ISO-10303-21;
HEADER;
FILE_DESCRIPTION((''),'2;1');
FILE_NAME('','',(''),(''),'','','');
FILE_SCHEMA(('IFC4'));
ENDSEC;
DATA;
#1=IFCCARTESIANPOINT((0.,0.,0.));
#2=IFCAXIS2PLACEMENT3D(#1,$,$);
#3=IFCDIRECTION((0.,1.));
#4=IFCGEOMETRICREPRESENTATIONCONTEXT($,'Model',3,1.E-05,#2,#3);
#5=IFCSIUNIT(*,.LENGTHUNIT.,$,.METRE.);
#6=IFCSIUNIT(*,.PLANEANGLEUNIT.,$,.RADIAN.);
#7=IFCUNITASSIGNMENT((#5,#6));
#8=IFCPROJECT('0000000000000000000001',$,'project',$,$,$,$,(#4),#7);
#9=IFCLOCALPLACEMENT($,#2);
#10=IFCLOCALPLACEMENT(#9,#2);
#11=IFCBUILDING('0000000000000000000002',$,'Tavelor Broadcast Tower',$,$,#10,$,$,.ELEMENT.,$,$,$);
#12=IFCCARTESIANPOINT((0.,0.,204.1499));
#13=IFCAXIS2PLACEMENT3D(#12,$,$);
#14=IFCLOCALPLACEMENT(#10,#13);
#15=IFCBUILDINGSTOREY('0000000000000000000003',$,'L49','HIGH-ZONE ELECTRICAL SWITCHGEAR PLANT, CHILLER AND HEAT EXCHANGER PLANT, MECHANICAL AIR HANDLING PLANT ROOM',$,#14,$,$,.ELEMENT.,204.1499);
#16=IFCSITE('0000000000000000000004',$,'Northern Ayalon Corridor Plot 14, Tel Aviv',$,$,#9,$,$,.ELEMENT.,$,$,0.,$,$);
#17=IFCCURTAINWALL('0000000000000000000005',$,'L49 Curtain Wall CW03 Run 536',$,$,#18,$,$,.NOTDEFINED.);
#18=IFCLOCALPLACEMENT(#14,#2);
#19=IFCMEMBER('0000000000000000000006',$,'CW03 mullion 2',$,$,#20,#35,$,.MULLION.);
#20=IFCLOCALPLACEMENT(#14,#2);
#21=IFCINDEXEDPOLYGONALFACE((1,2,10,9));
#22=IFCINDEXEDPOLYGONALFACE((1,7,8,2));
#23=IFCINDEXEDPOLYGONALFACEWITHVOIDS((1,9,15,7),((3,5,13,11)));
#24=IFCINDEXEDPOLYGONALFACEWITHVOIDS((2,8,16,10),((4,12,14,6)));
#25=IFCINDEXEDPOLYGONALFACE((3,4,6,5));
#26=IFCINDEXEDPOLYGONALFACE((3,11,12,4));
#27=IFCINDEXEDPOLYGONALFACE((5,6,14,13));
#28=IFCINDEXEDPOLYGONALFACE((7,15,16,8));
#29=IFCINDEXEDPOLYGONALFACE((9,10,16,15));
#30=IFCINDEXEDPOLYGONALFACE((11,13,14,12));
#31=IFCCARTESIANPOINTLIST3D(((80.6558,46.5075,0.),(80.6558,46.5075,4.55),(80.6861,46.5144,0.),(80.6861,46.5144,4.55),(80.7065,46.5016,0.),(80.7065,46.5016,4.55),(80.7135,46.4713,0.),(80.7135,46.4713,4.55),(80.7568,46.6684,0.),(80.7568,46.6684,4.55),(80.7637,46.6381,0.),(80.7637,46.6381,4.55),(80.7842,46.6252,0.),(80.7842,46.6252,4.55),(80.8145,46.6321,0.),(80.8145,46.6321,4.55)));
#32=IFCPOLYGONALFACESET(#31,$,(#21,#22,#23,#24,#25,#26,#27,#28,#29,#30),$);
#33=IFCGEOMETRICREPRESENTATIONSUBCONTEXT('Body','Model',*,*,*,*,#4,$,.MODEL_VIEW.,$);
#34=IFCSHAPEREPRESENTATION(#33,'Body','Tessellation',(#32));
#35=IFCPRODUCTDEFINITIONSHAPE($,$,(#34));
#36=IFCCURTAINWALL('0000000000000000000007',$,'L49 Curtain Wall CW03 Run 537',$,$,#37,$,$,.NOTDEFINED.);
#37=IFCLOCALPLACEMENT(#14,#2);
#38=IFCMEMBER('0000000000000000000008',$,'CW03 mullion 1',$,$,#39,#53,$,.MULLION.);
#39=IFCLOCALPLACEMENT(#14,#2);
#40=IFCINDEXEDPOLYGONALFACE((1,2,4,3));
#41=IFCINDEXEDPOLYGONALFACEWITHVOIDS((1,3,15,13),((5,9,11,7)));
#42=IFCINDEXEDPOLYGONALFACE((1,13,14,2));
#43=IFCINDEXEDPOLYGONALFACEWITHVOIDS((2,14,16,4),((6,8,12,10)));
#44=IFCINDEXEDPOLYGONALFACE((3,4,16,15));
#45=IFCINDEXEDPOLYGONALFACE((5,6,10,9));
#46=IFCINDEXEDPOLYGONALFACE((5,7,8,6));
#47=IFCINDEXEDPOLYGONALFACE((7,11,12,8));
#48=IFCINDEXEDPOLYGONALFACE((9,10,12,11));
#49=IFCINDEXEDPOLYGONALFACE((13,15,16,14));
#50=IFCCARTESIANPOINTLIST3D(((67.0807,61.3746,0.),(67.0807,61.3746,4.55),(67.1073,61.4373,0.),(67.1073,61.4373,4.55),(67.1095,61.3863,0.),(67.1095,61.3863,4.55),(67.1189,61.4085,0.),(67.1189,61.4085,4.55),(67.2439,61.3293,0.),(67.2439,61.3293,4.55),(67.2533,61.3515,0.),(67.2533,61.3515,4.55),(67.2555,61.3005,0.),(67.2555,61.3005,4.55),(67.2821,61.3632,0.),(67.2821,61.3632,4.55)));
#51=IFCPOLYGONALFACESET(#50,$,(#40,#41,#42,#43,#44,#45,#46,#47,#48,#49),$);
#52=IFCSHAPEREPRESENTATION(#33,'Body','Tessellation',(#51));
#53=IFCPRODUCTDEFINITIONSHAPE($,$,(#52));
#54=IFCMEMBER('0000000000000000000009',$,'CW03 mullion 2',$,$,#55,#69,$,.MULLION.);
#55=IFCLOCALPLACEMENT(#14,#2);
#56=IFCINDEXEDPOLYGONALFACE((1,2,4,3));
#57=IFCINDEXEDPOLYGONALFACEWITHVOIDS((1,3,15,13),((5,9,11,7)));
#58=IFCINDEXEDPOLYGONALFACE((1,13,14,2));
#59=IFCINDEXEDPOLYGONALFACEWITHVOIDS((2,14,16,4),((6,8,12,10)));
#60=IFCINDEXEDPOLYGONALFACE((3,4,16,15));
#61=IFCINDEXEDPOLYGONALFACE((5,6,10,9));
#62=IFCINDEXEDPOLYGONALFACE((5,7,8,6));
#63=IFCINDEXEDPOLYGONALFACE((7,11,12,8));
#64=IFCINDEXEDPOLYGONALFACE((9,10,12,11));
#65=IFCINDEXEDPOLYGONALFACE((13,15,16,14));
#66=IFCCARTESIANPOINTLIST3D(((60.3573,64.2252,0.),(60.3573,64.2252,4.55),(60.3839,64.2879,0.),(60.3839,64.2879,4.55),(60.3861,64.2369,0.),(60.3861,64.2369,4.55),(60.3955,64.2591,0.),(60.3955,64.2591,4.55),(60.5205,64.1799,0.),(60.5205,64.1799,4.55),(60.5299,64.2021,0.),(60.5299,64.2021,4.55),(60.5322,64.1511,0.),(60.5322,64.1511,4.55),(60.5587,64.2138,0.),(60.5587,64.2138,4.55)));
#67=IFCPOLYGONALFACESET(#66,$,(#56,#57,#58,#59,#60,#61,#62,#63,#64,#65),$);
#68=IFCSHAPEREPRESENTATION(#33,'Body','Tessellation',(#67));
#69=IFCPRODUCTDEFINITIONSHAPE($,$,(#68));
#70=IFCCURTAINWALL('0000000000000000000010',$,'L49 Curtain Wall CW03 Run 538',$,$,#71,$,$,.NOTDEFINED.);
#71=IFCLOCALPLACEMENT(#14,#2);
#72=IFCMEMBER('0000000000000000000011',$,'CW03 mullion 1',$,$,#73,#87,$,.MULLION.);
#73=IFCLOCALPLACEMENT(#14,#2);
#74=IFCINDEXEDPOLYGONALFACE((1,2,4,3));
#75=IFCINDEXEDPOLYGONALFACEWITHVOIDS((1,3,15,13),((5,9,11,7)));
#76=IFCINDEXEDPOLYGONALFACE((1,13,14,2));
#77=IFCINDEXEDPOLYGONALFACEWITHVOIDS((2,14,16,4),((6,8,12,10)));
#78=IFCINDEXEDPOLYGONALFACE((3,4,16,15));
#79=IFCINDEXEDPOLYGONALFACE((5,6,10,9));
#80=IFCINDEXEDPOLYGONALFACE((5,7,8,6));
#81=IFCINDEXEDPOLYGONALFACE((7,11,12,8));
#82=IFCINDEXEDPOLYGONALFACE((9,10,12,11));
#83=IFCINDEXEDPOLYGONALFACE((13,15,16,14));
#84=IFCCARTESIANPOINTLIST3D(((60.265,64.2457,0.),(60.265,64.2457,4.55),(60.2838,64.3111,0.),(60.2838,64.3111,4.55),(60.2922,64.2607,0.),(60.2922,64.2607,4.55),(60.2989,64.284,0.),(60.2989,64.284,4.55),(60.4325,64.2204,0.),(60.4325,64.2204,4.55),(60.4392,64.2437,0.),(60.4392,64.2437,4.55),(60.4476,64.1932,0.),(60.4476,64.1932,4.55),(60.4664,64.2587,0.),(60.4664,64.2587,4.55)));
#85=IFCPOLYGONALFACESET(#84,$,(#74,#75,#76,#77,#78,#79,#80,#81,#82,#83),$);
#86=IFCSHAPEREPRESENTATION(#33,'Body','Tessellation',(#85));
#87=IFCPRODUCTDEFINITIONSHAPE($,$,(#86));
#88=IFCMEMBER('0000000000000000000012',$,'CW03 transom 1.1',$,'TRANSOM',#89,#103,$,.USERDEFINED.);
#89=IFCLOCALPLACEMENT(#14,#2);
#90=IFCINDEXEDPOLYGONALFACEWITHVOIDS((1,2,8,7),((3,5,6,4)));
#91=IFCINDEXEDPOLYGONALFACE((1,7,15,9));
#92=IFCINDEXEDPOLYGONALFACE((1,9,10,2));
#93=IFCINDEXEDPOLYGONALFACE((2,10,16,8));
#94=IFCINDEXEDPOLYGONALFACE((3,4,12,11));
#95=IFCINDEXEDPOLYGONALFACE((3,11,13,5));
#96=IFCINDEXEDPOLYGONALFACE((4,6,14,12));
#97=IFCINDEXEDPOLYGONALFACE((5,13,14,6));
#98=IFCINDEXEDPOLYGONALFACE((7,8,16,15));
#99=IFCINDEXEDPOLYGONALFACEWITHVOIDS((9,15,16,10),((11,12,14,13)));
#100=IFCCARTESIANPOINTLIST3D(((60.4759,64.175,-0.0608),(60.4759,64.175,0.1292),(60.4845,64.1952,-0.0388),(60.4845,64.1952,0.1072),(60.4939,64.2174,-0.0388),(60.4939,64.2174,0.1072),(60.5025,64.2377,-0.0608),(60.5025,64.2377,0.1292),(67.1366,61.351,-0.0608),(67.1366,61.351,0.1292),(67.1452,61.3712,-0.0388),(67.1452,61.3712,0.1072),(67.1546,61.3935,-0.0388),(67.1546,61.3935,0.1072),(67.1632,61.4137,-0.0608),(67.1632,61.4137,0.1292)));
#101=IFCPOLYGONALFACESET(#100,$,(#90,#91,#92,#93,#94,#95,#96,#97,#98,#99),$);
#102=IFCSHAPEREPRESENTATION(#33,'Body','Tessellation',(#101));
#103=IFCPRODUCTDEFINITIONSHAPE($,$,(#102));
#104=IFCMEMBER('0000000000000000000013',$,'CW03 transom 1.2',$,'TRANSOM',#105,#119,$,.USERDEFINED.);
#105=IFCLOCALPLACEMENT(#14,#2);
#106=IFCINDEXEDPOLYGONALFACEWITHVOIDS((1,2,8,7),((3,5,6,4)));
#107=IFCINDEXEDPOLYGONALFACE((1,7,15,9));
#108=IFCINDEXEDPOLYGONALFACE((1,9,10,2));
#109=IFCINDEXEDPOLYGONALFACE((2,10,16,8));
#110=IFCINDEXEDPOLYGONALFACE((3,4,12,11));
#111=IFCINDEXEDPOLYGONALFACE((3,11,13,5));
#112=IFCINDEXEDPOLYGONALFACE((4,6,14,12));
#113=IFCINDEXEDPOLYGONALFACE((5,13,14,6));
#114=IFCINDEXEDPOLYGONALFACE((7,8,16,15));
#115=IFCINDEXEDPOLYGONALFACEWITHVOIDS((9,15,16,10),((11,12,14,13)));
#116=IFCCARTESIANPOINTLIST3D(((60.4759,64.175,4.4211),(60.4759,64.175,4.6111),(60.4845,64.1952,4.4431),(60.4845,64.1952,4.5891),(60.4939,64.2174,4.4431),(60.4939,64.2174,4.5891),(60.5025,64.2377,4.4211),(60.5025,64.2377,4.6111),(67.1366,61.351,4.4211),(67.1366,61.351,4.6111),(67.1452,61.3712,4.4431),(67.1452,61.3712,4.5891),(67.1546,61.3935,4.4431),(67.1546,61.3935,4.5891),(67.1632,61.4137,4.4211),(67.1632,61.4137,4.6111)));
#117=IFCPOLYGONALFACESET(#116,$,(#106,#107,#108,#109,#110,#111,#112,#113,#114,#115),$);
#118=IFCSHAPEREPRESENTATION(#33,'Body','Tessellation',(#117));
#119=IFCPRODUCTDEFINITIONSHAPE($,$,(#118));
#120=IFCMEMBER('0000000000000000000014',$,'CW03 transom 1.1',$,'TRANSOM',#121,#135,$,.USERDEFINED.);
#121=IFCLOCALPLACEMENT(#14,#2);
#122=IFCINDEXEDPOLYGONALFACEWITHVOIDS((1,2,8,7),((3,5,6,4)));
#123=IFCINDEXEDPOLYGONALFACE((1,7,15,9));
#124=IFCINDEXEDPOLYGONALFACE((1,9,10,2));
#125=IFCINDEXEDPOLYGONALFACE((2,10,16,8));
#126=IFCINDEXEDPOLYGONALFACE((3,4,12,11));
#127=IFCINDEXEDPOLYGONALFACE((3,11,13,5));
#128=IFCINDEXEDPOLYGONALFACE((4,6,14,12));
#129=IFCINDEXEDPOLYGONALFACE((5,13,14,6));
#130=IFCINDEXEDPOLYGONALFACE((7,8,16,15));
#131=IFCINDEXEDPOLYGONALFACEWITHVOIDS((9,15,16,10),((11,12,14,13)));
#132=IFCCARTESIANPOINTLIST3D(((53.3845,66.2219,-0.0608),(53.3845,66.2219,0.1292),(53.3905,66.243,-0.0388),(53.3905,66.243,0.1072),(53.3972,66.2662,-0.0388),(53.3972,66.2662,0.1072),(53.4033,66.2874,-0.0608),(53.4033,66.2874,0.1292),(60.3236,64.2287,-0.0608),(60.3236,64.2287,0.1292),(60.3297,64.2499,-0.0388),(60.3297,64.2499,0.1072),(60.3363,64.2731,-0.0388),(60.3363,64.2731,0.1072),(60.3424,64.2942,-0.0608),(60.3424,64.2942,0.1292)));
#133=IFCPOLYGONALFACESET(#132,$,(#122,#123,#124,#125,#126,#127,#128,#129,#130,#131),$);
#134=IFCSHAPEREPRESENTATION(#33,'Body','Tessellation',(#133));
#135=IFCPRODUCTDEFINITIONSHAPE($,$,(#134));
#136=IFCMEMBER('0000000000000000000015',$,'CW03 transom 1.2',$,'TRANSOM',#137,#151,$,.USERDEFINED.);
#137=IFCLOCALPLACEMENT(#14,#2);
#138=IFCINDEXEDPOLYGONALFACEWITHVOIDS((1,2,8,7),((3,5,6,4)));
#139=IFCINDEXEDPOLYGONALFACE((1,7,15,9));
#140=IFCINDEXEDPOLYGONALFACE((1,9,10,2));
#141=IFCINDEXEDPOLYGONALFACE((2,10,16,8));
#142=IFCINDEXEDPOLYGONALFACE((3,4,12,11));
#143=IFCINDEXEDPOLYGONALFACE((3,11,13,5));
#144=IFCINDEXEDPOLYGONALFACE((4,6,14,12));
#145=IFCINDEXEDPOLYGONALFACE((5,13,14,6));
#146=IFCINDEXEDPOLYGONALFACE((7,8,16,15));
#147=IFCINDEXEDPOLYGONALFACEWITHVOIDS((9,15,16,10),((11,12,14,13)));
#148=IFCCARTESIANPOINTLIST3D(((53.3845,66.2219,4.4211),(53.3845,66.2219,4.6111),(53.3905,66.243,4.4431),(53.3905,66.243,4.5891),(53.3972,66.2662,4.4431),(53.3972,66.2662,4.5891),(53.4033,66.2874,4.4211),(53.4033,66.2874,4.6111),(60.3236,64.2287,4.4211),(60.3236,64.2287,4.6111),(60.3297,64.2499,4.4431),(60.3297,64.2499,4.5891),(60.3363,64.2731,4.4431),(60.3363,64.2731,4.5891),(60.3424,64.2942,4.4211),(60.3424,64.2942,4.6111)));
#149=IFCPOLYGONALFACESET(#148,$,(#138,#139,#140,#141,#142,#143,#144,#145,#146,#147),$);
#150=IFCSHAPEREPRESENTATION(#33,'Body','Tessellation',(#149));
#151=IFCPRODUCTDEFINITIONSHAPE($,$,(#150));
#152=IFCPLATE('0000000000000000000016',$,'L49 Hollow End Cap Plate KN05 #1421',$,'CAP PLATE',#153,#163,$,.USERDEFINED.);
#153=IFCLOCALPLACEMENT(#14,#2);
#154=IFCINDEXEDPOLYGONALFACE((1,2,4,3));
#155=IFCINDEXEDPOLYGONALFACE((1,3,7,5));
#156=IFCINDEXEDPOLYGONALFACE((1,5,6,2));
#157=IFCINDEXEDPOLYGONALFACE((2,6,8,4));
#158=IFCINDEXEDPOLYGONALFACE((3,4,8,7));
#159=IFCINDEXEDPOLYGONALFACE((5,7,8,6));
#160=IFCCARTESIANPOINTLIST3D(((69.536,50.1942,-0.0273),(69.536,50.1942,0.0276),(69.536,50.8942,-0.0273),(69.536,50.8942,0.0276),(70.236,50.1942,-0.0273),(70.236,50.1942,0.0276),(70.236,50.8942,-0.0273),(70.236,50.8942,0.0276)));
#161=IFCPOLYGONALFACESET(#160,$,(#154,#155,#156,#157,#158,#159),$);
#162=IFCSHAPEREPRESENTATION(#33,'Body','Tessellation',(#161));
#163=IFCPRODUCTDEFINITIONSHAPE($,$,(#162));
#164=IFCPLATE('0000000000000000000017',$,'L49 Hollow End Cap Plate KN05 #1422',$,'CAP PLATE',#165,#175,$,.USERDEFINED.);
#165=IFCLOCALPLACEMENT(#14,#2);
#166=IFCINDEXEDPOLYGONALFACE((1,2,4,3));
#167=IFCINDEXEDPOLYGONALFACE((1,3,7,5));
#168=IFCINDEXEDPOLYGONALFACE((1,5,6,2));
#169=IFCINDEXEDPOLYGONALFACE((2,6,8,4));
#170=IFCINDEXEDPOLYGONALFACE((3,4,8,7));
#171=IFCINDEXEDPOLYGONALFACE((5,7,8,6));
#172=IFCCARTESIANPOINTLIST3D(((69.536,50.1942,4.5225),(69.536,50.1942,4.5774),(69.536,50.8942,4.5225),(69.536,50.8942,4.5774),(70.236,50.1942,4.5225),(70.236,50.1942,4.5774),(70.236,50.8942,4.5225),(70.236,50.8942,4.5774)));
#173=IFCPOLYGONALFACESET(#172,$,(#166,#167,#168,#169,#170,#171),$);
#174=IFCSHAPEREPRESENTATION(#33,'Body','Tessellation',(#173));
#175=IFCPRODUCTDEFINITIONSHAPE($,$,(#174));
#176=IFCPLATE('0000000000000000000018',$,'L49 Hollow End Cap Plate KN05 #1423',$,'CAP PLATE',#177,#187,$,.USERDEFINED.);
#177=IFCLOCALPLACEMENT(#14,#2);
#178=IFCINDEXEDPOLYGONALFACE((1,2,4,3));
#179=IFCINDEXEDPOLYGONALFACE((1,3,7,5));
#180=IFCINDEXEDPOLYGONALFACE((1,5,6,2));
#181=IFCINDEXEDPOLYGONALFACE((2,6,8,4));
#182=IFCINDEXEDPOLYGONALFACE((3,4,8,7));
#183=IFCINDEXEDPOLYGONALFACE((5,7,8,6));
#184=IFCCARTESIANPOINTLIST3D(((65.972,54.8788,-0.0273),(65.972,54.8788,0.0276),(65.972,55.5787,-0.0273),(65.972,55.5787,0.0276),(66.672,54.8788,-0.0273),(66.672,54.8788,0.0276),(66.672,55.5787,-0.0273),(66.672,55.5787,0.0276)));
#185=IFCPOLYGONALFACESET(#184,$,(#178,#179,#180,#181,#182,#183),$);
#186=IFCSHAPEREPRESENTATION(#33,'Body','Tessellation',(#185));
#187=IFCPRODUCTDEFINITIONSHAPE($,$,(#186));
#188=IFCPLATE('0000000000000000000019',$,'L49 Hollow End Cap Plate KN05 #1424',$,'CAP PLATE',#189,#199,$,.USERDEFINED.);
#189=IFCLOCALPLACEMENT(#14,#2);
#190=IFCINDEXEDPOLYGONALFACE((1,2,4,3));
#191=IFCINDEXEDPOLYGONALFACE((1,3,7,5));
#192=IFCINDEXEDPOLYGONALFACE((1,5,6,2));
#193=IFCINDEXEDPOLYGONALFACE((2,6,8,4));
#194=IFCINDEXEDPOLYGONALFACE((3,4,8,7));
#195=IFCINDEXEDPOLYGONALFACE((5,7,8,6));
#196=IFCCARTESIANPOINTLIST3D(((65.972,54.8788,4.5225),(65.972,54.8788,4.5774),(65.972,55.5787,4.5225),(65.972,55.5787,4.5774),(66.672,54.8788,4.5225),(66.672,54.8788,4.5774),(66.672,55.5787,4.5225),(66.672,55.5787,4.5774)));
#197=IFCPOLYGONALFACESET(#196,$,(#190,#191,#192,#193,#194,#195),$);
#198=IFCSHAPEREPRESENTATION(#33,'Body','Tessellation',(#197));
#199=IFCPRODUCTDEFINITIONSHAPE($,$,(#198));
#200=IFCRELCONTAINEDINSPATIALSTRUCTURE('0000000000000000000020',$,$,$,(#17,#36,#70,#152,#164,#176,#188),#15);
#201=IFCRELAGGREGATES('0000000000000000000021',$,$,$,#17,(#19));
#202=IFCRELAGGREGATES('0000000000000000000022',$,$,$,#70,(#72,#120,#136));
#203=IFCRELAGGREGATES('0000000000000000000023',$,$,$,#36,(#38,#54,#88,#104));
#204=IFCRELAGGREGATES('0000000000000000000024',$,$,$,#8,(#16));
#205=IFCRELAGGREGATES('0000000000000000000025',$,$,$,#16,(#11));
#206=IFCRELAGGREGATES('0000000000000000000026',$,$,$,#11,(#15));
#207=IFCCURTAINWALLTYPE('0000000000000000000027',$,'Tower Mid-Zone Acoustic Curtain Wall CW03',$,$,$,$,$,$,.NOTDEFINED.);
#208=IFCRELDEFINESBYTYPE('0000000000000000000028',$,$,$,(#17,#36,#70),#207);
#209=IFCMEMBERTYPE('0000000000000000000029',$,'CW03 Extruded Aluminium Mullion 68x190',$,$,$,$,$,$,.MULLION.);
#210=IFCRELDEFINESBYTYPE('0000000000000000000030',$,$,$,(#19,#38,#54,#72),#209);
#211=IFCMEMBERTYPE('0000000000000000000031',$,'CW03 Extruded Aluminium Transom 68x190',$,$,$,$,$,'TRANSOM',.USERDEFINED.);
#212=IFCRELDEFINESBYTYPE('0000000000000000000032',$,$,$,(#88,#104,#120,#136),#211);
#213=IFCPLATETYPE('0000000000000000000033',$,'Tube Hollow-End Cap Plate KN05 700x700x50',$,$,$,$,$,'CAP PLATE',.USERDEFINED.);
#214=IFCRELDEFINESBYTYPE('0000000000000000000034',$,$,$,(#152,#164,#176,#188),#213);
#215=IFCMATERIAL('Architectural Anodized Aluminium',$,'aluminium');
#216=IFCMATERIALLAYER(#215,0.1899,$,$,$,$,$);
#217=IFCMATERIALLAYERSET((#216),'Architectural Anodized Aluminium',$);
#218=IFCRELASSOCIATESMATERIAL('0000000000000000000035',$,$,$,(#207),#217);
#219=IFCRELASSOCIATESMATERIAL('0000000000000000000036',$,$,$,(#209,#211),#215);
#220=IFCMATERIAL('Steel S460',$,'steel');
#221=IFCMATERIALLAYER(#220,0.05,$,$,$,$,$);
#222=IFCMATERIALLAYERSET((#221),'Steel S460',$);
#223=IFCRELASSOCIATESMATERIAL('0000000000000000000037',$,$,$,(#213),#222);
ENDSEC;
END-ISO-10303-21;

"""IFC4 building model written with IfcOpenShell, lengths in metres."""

from ifc_helpers import new_model, si_unit, direction, frame, origin, origin_2d, place, context, subcontext, project, spatial, rectangle, hollow_rectangle, extrude, source, transform, mapped, material, layer, layer_set, material_profile, profile_set, type_object, type_shapes, element, aggregate, save


model = new_model("IFC4")

# Units and contexts
model_context = context("Model", 3, precision=1e-05, world=origin(), true_north=direction((0.0, 1.0)))
body_context = subcontext(model_context, "Body", "Model", "MODEL_VIEW")
ifc_project = project(units=[si_unit("LENGTHUNIT", "METRE"), si_unit("PLANEANGLEUNIT", "RADIAN")], contexts=[model_context])

# Site, building, storey
site_placement = place(None, origin())
site = spatial("IfcSite", under=ifc_project, at=site_placement, Name="Northern Ayalon Corridor Plot 14, Tel Aviv", CompositionType="ELEMENT", RefElevation=0.0)
building_placement = place(site_placement, origin())
building = spatial("IfcBuilding", under=site, at=building_placement, Name="Tavelor Broadcast Tower", CompositionType="ELEMENT")
storey_placement = place(building_placement, frame((0.0, 0.0, 204.1499)))
storey = spatial("IfcBuildingStorey", under=building, at=storey_placement, Name="L49", Description="HIGH-ZONE ELECTRICAL SWITCHGEAR PLANT, CHILLER AND HEAT EXCHANGER PLANT, MECHANICAL AIR HANDLING PLANT ROOM", CompositionType="ELEMENT", Elevation=204.1499)

# Shared definitions
ifc_material_1 = material(Name="Steel S460", Category="steel")

# Curtain wall, member
ifc_material_2 = material(Name="Architectural Anodized Aluminium", Category="aluminium")
ifc_layer_1 = layer(ifc_material_2, 0.1899)
ifc_layer_set_1 = layer_set([ifc_layer_1], Name="Architectural Anodized Aluminium")
curtain_wall_type = type_object("IfcCurtainWallType", Name="Tower Mid-Zone Acoustic Curtain Wall CW03", PredefinedType="NOTDEFINED", material=ifc_layer_set_1)
curtain_wall_1_placement = place(storey_placement, origin())
curtain_wall_1 = element("IfcCurtainWall", 1, at=curtain_wall_1_placement, inside=storey, type_object=curtain_wall_type, Name="L49 Curtain Wall CW03 Run 536", PredefinedType="NOTDEFINED")
ifc_material_profile_1 = material_profile(ifc_material_2, hollow_rectangle(XDim=0.0681, YDim=0.1899, WallThickness=0.022, at=origin_2d()), Name="RHS 68x190x22")
ifc_profile_set_1 = profile_set([ifc_material_profile_1], Name="Architectural Anodized Aluminium")
member_type_1 = type_object("IfcMemberType", Name="CW03 Extruded Aluminium Mullion 68x190", PredefinedType="MULLION", material=ifc_profile_set_1)
shared_shape_1 = source(origin(), body_context, "Body", "SweptSolid", [
    extrude(hollow_rectangle(XDim=0.0681, YDim=0.1899, WallThickness=0.022, at=origin_2d()), origin(), (0.0, 0.0, 1.0), 4.55),
])
type_shapes(member_type_1, [shared_shape_1])
member_1_placement = place(storey_placement, frame((80.7351, 46.5698, 0.0), z_axis=(0.0, 0.0, 1.0), x_axis=(-0.846901, 0.53175, 0.0)))
member_1 = element("IfcMember", 2, at=member_1_placement, type_object=member_type_1, Name="CW03 mullion 2", PredefinedType="MULLION", context=body_context, shape_type="MappedRepresentation", body=[
    mapped(shared_shape_1, transform((0.0, 0.0, 0.0), scale=1.0)),
])
aggregate(curtain_wall_1, [member_1])

# Curtain wall, members
curtain_wall_2_placement = place(storey_placement, origin())
curtain_wall_2 = element("IfcCurtainWall", 3, at=curtain_wall_2_placement, inside=storey, type_object=curtain_wall_type, Name="L49 Curtain Wall CW03 Run 537", PredefinedType="NOTDEFINED")
member_2_placement = place(storey_placement, frame((67.1814, 61.3689, 0.0), z_axis=(0.0, 0.0, 1.0), x_axis=(-0.390342, -0.92067, 0.0)))
member_2 = element("IfcMember", 4, at=member_2_placement, type_object=member_type_1, Name="CW03 mullion 1", PredefinedType="MULLION", context=body_context, shape_type="MappedRepresentation", body=[
    mapped(shared_shape_1, transform((0.0, 0.0, 0.0), scale=1.0)),
])
member_3_placement = place(storey_placement, frame((60.458, 64.2195, 0.0), z_axis=(0.0, 0.0, 1.0), x_axis=(-0.390342, -0.92067, 0.0)))
member_3 = element("IfcMember", 5, at=member_3_placement, type_object=member_type_1, Name="CW03 mullion 2", PredefinedType="MULLION", context=body_context, shape_type="MappedRepresentation", body=[
    mapped(shared_shape_1, transform((0.0, 0.0, 0.0), scale=1.0)),
])

# Curtain wall, member
curtain_wall_3_placement = place(storey_placement, origin())
curtain_wall_3 = element("IfcCurtainWall", 6, at=curtain_wall_3_placement, inside=storey, type_object=curtain_wall_type, Name="L49 Curtain Wall CW03 Run 538", PredefinedType="NOTDEFINED")
member_4_placement = place(storey_placement, frame((60.3657, 64.2522, 0.0), z_axis=(0.0, 0.0, 1.0), x_axis=(-0.276053, -0.961142, 0.0)))
member_4 = element("IfcMember", 7, at=member_4_placement, type_object=member_type_1, Name="CW03 mullion 1", PredefinedType="MULLION", context=body_context, shape_type="MappedRepresentation", body=[
    mapped(shared_shape_1, transform((0.0, 0.0, 0.0), scale=1.0)),
])

# Members
ifc_material_profile_2 = material_profile(ifc_material_2, hollow_rectangle(XDim=0.0681, YDim=0.1899, WallThickness=0.022, at=origin_2d()), Name="RHS 68x190x22")
ifc_profile_set_2 = profile_set([ifc_material_profile_2], Name="Architectural Anodized Aluminium")
member_type_2 = type_object("IfcMemberType", Name="CW03 Extruded Aluminium Transom 68x190", ElementType="TRANSOM", PredefinedType="USERDEFINED", material=ifc_profile_set_2)
shared_shape_2 = source(origin(), body_context, "Body", "SweptSolid", [
    extrude(hollow_rectangle(XDim=0.0681, YDim=0.1899, WallThickness=0.022, at=origin_2d()), origin(), (0.0, 0.0, 1.0), 7.2346),
])
member_5_placement = place(storey_placement, frame((67.1499, 61.3823, 0.0342), z_axis=(-0.920669, 0.390344, 0.0), x_axis=(-0.390344, -0.920669, 0.0)))
member_5 = element("IfcMember", 8, at=member_5_placement, type_object=member_type_2, Name="CW03 transom 1.1", ObjectType="TRANSOM", PredefinedType="USERDEFINED", context=body_context, shape_type="MappedRepresentation", body=[
    mapped(shared_shape_2, transform((0.0, 0.0, 0.0), scale=1.0)),
])
member_6_placement = place(storey_placement, frame((67.1499, 61.3823, 4.5161), z_axis=(-0.920669, 0.390344, 0.0), x_axis=(-0.390344, -0.920669, 0.0)))
member_6 = element("IfcMember", 9, at=member_6_placement, type_object=member_type_2, Name="CW03 transom 1.2", ObjectType="TRANSOM", PredefinedType="USERDEFINED", context=body_context, shape_type="MappedRepresentation", body=[
    mapped(shared_shape_2, transform((0.0, 0.0, 0.0), scale=1.0)),
])
shared_shape_3 = source(origin(), body_context, "Body", "SweptSolid", [
    extrude(hollow_rectangle(XDim=0.0681, YDim=0.1899, WallThickness=0.022, at=origin_2d()), origin(), (0.0, 0.0, 1.0), 7.2197),
])
type_shapes(member_type_2, [shared_shape_2, shared_shape_3])
member_7_placement = place(storey_placement, frame((60.333, 64.2615, 0.0342), z_axis=(-0.961138, 0.27607, 0.0), x_axis=(-0.27607, -0.961138, 0.0)))
member_7 = element("IfcMember", 10, at=member_7_placement, type_object=member_type_2, Name="CW03 transom 1.1", ObjectType="TRANSOM", PredefinedType="USERDEFINED", context=body_context, shape_type="MappedRepresentation", body=[
    mapped(shared_shape_3, transform((0.0, 0.0, 0.0), scale=1.0)),
])
member_8_placement = place(storey_placement, frame((60.333, 64.2615, 4.5161), z_axis=(-0.961138, 0.27607, 0.0), x_axis=(-0.27607, -0.961138, 0.0)))
member_8 = element("IfcMember", 11, at=member_8_placement, type_object=member_type_2, Name="CW03 transom 1.2", ObjectType="TRANSOM", PredefinedType="USERDEFINED", context=body_context, shape_type="MappedRepresentation", body=[
    mapped(shared_shape_3, transform((0.0, 0.0, 0.0), scale=1.0)),
])
aggregate(curtain_wall_3, [member_4, member_7, member_8])

# Plates
ifc_layer_2 = layer(ifc_material_1, 0.05)
ifc_layer_set_2 = layer_set([ifc_layer_2], Name="Steel S460")
plate_type_1 = type_object("IfcPlateType", Name="Tube Hollow-End Cap Plate KN05 700x700x50", ElementType="CAP PLATE", PredefinedType="USERDEFINED", material=ifc_layer_set_2)
shared_shape_4 = source(origin(), body_context, "Body", "SweptSolid", [
    extrude(rectangle(XDim=0.7, YDim=0.7, at=origin_2d()), origin(), (0.0, 0.0, 1.0), 0.0549),
])
type_shapes(plate_type_1, [shared_shape_4])
for number, where, z_axis, x_axis, name in (
    (12, (69.886, 50.5442, -0.0273), (0.0, 0.0, 1.0), (1.0, 0.0, 0.0), "L49 Hollow End Cap Plate KN05 #1421"),
    (13, (69.886, 50.5442, 4.5225), (0.0, 0.0, 1.0), (1.0, 0.0, 0.0), "L49 Hollow End Cap Plate KN05 #1422"),
    (14, (66.322, 55.2288, -0.0273), (0.0, 0.0, 1.0), (1.0, 0.0, 0.0), "L49 Hollow End Cap Plate KN05 #1423"),
    (15, (66.322, 55.2288, 4.5225), (0.0, 0.0, 1.0), (1.0, 0.0, 0.0), "L49 Hollow End Cap Plate KN05 #1424"),
):
    element("IfcPlate", number, at=place(storey_placement, frame(where, z_axis=z_axis, x_axis=x_axis)), inside=storey, type_object=plate_type_1, Name=name, ObjectType="CAP PLATE", PredefinedType="USERDEFINED", context=body_context, shape_type="MappedRepresentation", body=[
        mapped(shared_shape_4, transform((0.0, 0.0, 0.0), scale=1.0)),
    ])

aggregate(curtain_wall_2, [member_2, member_3, member_5, member_6])

save(model, "model.ifc")
